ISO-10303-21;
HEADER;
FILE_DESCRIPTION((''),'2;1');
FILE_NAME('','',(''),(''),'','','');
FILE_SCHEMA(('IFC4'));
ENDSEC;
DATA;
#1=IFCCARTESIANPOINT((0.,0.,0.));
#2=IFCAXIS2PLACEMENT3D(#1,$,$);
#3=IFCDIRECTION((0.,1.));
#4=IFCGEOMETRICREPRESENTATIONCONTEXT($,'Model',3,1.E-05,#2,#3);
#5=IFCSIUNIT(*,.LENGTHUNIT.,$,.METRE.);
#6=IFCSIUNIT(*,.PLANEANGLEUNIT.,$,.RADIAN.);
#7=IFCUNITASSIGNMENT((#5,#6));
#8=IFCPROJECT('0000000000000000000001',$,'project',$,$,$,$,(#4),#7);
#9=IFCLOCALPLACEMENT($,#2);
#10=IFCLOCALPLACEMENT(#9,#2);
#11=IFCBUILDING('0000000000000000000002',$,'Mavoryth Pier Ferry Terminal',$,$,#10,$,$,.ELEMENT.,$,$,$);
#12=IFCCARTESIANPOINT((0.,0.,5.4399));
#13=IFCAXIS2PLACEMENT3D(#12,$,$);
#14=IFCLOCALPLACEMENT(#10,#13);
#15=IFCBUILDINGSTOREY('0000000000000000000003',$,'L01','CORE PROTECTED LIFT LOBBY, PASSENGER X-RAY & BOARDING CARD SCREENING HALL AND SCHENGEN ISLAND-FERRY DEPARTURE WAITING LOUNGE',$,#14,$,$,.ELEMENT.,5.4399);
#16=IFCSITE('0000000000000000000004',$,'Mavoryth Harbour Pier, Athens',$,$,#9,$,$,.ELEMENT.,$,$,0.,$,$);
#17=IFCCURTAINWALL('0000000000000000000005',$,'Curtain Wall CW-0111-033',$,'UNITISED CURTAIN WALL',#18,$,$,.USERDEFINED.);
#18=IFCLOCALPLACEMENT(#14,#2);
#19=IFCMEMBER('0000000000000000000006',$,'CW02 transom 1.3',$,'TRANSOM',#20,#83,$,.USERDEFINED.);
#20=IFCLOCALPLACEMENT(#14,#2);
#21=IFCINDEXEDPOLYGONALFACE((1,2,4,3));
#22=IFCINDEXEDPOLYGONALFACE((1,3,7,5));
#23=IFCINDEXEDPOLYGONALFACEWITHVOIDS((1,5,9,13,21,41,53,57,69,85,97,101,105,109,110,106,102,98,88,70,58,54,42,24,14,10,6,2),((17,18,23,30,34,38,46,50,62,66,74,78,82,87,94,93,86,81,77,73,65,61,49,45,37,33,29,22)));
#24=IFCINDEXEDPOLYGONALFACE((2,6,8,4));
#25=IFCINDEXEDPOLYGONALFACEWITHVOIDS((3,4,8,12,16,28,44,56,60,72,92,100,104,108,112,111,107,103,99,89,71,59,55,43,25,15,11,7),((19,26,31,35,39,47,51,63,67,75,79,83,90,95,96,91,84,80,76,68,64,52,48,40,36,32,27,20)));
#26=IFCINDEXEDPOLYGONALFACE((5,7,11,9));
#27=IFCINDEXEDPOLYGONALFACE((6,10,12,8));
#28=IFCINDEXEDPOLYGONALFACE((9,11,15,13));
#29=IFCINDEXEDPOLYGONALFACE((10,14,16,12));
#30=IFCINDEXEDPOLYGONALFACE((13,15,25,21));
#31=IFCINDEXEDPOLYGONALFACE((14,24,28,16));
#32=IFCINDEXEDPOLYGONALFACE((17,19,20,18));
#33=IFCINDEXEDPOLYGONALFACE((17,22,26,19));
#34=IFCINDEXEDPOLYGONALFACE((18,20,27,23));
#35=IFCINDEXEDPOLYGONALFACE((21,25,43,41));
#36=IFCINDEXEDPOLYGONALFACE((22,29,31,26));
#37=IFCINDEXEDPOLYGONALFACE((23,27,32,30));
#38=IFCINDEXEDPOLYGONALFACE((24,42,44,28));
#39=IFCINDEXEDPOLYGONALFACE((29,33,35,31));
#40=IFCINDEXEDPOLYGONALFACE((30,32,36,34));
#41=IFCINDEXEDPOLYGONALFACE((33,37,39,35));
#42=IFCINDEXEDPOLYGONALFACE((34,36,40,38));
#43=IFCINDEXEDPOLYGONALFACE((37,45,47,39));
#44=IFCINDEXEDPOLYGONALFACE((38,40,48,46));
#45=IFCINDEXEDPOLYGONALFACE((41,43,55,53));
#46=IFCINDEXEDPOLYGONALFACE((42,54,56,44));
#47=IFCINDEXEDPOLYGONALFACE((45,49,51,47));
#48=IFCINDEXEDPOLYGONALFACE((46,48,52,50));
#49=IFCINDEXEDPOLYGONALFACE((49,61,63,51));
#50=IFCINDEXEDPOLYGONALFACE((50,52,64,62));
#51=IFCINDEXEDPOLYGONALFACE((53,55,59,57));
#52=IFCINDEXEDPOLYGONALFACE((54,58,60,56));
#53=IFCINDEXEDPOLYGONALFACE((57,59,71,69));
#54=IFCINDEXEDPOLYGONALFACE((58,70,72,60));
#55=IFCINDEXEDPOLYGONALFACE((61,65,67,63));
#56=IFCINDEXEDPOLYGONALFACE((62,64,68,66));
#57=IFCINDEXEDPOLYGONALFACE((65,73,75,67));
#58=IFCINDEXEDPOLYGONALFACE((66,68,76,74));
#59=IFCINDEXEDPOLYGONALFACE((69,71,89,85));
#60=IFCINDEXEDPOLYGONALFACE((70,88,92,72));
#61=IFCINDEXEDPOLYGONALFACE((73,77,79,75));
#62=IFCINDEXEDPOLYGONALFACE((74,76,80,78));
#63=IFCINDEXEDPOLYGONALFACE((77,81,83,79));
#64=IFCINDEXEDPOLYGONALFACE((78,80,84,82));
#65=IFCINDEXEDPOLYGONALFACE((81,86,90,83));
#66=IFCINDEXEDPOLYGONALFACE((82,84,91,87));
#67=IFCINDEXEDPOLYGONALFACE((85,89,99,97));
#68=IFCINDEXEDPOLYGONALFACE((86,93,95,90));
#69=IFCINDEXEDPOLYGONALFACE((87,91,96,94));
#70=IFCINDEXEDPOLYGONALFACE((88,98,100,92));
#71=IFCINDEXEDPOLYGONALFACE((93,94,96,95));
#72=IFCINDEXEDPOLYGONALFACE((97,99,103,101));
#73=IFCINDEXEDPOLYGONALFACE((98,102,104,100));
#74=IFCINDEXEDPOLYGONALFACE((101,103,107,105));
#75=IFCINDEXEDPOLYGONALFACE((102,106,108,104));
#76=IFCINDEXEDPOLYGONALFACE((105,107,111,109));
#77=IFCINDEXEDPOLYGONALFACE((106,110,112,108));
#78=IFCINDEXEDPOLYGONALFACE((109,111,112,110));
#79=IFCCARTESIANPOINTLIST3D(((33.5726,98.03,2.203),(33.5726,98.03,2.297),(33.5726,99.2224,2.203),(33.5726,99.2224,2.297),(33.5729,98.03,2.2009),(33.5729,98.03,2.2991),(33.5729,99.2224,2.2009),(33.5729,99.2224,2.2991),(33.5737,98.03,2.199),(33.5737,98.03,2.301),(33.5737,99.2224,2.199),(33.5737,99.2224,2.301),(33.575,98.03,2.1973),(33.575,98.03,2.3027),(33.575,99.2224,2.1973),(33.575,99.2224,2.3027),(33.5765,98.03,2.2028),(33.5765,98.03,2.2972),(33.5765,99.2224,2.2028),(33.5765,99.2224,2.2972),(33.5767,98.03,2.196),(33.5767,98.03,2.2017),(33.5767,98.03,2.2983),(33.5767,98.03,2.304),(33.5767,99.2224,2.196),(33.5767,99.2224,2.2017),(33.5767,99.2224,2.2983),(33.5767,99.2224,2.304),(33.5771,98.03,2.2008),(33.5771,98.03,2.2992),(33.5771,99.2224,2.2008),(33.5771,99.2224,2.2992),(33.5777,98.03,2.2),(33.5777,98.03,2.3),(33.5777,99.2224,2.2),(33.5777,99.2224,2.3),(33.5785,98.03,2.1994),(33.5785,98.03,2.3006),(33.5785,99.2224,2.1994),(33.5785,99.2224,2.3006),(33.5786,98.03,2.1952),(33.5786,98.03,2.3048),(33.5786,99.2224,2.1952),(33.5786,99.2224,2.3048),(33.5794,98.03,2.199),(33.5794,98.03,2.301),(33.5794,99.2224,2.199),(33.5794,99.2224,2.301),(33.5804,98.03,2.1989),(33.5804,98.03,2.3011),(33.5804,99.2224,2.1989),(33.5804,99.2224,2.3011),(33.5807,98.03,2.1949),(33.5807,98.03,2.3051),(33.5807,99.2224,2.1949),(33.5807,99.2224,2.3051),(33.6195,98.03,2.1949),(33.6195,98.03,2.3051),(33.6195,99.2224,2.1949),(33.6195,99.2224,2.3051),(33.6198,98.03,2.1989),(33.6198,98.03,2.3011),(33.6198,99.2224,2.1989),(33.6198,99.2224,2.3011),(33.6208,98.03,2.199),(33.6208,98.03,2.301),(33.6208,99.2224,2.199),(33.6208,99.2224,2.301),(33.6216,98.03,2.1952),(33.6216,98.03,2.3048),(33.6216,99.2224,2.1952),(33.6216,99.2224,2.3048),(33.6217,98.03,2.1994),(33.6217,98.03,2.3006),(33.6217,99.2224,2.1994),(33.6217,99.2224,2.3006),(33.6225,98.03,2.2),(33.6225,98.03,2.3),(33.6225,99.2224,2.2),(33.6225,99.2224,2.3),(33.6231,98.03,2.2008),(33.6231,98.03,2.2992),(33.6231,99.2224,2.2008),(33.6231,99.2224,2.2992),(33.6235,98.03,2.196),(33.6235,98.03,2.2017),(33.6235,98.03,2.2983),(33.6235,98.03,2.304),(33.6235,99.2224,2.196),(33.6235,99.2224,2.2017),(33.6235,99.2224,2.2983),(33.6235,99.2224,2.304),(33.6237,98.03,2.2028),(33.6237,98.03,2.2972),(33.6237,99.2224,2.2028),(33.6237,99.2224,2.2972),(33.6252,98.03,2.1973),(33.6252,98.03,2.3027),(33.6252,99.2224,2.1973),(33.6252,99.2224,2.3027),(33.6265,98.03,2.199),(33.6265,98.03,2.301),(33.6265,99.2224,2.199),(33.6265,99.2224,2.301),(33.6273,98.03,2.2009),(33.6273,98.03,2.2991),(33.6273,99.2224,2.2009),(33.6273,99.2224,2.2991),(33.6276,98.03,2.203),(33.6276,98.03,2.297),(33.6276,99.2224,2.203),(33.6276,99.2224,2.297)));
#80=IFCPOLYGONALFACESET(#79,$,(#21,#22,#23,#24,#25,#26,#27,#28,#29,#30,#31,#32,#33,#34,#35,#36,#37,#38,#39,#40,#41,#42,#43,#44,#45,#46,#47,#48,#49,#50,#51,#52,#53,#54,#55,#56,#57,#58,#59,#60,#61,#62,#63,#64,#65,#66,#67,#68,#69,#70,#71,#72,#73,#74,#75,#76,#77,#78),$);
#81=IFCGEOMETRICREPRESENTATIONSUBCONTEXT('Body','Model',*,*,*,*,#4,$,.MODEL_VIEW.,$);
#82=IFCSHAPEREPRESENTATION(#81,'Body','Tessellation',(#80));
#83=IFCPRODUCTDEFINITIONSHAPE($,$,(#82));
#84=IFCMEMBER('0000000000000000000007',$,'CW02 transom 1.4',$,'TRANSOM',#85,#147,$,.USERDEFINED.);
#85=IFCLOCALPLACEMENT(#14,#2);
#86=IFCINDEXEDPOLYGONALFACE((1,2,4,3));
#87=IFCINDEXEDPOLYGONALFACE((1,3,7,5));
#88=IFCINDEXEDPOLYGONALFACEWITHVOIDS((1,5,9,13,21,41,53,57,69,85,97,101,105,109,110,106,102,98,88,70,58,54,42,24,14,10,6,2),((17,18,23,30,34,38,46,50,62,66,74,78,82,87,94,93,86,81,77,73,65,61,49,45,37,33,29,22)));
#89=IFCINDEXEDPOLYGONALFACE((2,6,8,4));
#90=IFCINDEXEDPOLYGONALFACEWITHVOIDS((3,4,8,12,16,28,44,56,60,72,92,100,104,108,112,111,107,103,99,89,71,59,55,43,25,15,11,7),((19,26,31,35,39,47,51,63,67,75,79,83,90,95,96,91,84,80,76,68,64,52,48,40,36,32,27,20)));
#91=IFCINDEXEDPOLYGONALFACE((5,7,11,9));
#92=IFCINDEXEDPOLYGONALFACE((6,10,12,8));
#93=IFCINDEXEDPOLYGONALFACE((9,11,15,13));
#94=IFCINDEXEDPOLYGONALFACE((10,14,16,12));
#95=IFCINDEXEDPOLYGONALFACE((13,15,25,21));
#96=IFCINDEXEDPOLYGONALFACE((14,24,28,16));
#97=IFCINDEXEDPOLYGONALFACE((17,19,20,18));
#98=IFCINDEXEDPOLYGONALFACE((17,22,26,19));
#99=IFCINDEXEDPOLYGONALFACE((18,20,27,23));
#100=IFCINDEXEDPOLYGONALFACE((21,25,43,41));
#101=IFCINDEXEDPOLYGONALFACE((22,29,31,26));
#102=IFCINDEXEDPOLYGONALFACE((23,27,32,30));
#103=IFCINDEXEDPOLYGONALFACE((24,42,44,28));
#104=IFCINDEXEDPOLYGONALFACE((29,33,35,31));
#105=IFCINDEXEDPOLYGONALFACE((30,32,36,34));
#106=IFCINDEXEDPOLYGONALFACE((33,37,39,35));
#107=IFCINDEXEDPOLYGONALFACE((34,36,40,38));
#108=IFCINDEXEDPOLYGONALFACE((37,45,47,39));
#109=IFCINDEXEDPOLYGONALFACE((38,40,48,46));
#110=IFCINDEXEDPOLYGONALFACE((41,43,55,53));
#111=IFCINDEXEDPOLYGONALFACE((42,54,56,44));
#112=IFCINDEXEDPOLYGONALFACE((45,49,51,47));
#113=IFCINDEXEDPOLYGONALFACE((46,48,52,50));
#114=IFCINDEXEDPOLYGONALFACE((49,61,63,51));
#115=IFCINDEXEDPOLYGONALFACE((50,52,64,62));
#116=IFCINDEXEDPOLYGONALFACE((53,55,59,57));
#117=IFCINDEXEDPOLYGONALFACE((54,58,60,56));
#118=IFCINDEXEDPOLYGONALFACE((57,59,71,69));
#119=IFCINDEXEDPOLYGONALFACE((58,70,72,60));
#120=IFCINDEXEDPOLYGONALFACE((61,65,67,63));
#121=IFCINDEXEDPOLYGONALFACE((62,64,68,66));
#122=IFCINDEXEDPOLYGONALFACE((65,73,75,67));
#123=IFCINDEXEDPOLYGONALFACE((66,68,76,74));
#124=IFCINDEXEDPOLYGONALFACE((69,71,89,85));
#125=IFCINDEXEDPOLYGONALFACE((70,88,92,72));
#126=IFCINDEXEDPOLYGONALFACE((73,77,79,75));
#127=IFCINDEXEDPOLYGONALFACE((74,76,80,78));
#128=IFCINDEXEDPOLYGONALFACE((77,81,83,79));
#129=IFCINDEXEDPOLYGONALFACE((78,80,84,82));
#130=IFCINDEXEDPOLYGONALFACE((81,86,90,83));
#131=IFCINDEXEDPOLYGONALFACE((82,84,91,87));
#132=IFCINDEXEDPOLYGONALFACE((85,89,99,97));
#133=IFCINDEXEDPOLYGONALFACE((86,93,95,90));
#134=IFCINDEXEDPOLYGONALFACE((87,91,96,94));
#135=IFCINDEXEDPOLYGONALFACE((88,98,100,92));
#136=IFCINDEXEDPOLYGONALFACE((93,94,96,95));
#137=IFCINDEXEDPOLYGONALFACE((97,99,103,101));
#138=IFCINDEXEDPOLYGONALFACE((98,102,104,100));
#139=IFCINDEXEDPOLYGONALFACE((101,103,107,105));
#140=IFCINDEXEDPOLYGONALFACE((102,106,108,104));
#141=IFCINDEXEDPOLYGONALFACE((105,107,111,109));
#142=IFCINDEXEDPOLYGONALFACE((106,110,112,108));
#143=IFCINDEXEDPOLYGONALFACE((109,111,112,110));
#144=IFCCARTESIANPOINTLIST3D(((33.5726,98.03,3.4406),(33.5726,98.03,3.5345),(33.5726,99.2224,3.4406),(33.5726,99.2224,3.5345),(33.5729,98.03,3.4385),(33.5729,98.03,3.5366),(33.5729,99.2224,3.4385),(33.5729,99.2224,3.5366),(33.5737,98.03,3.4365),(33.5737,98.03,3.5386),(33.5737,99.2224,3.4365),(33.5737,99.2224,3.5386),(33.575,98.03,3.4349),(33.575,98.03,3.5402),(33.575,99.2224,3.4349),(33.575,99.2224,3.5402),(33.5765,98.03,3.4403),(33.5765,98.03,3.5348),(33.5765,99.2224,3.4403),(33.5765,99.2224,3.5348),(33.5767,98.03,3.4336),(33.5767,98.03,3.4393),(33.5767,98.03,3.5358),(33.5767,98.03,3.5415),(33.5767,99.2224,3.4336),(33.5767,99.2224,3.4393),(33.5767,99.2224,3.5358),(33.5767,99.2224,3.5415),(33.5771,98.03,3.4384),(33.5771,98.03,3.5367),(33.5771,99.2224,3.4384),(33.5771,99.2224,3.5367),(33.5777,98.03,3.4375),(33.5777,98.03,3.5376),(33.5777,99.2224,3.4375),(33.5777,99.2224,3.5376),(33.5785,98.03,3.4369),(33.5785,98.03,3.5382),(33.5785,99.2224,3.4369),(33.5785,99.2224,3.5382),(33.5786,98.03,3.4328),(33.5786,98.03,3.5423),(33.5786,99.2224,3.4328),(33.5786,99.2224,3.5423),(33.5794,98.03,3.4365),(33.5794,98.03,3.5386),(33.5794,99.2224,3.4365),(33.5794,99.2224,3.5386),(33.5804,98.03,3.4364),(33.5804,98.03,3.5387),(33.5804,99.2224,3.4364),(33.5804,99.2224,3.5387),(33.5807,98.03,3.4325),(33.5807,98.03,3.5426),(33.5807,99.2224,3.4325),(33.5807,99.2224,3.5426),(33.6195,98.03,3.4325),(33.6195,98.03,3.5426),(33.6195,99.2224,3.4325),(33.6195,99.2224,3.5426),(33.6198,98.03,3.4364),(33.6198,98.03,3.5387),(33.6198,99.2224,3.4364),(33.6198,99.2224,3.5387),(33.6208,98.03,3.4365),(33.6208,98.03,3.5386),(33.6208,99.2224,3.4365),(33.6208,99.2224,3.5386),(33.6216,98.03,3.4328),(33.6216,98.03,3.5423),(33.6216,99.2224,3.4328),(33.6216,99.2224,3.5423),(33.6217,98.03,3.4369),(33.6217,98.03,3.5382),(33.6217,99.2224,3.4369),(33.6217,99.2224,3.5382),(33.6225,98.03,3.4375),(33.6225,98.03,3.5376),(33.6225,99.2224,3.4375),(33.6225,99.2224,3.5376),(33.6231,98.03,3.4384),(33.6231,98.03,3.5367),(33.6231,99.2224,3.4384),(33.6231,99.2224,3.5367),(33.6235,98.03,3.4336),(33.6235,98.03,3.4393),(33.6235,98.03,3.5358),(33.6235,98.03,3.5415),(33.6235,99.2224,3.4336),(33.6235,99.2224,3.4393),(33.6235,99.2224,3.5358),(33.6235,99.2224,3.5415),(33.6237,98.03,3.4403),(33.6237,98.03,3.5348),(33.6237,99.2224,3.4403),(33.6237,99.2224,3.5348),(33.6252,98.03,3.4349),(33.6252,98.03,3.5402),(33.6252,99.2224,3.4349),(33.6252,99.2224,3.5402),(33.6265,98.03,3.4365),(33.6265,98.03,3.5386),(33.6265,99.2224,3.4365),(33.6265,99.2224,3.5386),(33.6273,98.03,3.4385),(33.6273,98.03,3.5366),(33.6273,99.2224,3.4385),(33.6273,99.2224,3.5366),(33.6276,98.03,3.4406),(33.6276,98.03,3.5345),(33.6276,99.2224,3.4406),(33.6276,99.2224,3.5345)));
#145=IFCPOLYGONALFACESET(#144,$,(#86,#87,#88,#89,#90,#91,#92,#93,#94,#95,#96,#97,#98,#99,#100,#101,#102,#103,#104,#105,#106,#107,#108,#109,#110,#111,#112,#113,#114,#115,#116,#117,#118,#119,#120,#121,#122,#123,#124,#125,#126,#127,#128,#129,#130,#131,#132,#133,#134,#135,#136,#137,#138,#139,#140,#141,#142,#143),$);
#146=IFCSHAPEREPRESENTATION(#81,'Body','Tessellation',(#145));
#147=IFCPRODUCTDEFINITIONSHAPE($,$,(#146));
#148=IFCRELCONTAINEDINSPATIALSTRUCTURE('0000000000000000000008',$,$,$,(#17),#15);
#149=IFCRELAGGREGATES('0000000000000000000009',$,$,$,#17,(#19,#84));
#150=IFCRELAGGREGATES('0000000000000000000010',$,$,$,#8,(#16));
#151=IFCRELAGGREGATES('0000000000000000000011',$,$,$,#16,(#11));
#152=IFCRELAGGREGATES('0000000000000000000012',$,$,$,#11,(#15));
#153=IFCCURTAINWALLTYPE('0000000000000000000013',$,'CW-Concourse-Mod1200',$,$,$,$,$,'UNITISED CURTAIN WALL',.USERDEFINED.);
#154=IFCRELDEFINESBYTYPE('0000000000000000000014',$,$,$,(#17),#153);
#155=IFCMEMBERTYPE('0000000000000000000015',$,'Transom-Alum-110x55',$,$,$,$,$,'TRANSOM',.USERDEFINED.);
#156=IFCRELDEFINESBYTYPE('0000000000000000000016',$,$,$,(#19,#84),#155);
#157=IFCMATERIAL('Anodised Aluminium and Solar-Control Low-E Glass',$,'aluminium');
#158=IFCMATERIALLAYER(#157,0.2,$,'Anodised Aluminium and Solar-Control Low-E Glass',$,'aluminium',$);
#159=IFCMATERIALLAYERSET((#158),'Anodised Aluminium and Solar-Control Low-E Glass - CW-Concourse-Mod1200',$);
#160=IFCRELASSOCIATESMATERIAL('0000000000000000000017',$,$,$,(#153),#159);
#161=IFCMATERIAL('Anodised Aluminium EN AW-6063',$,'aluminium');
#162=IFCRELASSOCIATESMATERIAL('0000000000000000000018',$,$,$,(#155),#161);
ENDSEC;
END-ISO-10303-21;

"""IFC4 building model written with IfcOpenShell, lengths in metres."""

from ifc_helpers import new_model, si_unit, direction, frame, origin, origin_2d, place, context, subcontext, project, spatial, hollow_rectangle, extrude, material, layer, layer_set, material_profile, profile_set, type_object, element, aggregate, save


model = new_model("IFC4")

# Units and contexts
model_context = context("Model", 3, precision=1e-05, world=origin(), true_north=direction((0.0, 1.0)))
body_context = subcontext(model_context, "Body", "Model", "MODEL_VIEW")
ifc_project = project(units=[si_unit("LENGTHUNIT", "METRE"), si_unit("PLANEANGLEUNIT", "RADIAN")], contexts=[model_context])

# Site, building, storey
site_placement = place(None, origin())
site = spatial("IfcSite", under=ifc_project, at=site_placement, Name="Mavoryth Harbour Pier, Athens", CompositionType="ELEMENT", RefElevation=0.0)
building_placement = place(site_placement, origin())
building = spatial("IfcBuilding", under=site, at=building_placement, Name="Mavoryth Pier Ferry Terminal", CompositionType="ELEMENT")
storey_placement = place(building_placement, frame((0.0, 0.0, 5.4399)))
storey = spatial("IfcBuildingStorey", under=building, at=storey_placement, Name="L01", Description="CORE PROTECTED LIFT LOBBY, PASSENGER X-RAY & BOARDING CARD SCREENING HALL AND SCHENGEN ISLAND-FERRY DEPARTURE WAITING LOUNGE", CompositionType="ELEMENT", Elevation=5.4399)

# Curtain wall
ifc_material_1 = material(Name="Anodised Aluminium and Solar-Control Low-E Glass", Category="aluminium")
ifc_layer_1 = layer(ifc_material_1, 0.2, Name="Anodised Aluminium and Solar-Control Low-E Glass", Category="aluminium")
ifc_layer_set_1 = layer_set([ifc_layer_1], Name="Anodised Aluminium and Solar-Control Low-E Glass - CW-Concourse-Mod1200")
curtain_wall_type_1 = type_object("IfcCurtainWallType", Name="CW-Concourse-Mod1200", ElementType="UNITISED CURTAIN WALL", PredefinedType="USERDEFINED", material=ifc_layer_set_1)
curtain_wall_1_placement = place(storey_placement, origin())
curtain_wall_1 = element("IfcCurtainWall", 1, at=curtain_wall_1_placement, inside=storey, type_object=curtain_wall_type_1, Name="Curtain Wall CW-0111-033", ObjectType="UNITISED CURTAIN WALL", PredefinedType="USERDEFINED")
ifc_material_2 = material(Name="Anodised Aluminium EN AW-6063", Category="aluminium")

# Members
ifc_material_profile_1 = material_profile(ifc_material_2, hollow_rectangle(XDim=0.0549, YDim=0.1101, WallThickness=0.0039, InnerFilletRadius=0.0039, OuterFilletRadius=0.0081, at=origin_2d()), Name="AL-TRAN 110x55x4", Category="aluminium")
ifc_profile_set_1 = profile_set([ifc_material_profile_1], Name="Anodised Aluminium EN AW-6063 - AL-TRAN 110x55x4")
member_type_1 = type_object("IfcMemberType", Name="Transom-Alum-110x55", ElementType="TRANSOM", PredefinedType="USERDEFINED", material=ifc_profile_set_1)
member_1_placement = place(storey_placement, frame((33.6001, 98.03, 2.25), z_axis=(0.0, 1.0, 0.0), x_axis=(-1.0, 0.0, 0.0)))
member_1 = element("IfcMember", 2, at=member_1_placement, type_object=member_type_1, Name="CW02 transom 1.3", ObjectType="TRANSOM", PredefinedType="USERDEFINED", context=body_context, shape_type="SweptSolid", body=[
    extrude(hollow_rectangle(XDim=0.0549, YDim=0.1101, WallThickness=0.0039, InnerFilletRadius=0.0039, OuterFilletRadius=0.0081, at=origin_2d()), origin(), (0.0, 0.0, 1.0), 1.1924),
])
member_2_placement = place(storey_placement, frame((33.6001, 98.03, 3.4875), z_axis=(0.0, 1.0, 0.0), x_axis=(-1.0, 0.0, 0.0)))
member_2 = element("IfcMember", 3, at=member_2_placement, type_object=member_type_1, Name="CW02 transom 1.4", ObjectType="TRANSOM", PredefinedType="USERDEFINED", context=body_context, shape_type="SweptSolid", body=[
    extrude(hollow_rectangle(XDim=0.0549, YDim=0.1101, WallThickness=0.0039, InnerFilletRadius=0.0039, OuterFilletRadius=0.0081, at=origin_2d()), origin(), (0.0, 0.0, 1.0), 1.1924),
])

aggregate(curtain_wall_1, [member_1, member_2])

save(model, "model.ifc")
